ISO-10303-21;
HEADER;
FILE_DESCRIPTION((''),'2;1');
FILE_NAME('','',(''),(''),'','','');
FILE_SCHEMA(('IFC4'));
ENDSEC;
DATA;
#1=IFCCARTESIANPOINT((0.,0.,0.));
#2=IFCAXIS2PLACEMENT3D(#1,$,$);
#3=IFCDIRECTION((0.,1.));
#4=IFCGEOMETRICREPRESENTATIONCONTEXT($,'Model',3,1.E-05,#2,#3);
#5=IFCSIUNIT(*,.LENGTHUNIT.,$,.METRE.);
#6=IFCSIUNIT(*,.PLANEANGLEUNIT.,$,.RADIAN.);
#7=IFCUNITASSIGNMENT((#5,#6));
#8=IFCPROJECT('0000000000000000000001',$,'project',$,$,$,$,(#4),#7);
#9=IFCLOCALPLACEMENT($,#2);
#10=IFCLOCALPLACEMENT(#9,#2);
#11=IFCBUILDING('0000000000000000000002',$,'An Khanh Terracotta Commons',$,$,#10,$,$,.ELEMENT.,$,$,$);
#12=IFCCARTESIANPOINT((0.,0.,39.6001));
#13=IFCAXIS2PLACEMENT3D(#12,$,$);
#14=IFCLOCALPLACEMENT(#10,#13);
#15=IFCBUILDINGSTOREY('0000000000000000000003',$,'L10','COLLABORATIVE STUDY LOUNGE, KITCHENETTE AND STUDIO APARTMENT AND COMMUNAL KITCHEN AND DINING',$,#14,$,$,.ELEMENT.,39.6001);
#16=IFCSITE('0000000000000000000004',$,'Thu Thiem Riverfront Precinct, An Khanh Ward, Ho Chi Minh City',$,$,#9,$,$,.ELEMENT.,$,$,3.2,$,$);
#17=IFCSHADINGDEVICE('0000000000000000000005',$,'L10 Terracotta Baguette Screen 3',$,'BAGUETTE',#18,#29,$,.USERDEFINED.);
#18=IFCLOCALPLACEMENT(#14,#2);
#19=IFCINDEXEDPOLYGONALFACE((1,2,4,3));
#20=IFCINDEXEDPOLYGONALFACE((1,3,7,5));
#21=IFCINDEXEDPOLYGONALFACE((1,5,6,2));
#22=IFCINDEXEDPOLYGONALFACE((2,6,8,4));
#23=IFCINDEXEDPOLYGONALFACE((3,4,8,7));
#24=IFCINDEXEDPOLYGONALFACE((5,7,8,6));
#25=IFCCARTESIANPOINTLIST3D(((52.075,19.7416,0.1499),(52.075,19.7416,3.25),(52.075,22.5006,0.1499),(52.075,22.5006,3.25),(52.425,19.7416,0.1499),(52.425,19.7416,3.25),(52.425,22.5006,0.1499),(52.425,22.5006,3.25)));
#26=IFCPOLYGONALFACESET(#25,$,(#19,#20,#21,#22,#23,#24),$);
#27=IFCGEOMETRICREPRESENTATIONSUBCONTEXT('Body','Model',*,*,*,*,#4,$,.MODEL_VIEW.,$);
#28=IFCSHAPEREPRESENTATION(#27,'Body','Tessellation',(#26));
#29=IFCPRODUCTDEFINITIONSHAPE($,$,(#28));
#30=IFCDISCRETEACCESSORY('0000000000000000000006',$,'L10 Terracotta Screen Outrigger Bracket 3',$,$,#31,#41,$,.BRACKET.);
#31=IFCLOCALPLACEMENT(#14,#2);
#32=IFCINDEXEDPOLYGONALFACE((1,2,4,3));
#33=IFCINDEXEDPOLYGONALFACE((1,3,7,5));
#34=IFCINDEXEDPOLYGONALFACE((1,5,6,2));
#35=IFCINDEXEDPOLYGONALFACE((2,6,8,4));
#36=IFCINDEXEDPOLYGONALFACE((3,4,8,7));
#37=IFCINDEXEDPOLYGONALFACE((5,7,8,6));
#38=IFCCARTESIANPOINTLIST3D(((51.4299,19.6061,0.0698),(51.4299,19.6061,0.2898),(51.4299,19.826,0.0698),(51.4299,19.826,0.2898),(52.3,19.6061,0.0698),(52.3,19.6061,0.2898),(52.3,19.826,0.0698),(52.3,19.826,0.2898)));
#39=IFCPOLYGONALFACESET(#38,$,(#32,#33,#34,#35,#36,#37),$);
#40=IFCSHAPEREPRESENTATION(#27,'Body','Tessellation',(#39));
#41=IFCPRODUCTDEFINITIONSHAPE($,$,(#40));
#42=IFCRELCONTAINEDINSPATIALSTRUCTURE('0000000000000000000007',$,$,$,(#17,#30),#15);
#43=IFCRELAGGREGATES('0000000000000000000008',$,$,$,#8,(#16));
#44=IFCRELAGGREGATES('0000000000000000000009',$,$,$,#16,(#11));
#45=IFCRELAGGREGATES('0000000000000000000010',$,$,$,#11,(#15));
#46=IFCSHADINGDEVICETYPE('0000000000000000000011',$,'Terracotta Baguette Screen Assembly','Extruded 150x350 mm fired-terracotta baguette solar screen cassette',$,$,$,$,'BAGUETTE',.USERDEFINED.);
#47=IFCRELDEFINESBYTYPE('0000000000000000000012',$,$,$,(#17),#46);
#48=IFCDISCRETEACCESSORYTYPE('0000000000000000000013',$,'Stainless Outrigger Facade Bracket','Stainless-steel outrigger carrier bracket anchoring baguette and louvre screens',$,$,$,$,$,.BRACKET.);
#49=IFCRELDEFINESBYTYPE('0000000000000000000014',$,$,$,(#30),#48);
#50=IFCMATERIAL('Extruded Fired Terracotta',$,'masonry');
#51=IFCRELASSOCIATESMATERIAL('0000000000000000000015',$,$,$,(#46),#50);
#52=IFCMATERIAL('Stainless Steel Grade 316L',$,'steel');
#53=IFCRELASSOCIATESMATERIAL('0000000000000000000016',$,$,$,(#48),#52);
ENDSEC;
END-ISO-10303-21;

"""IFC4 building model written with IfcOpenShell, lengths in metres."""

from ifc_helpers import new_model, si_unit, direction, frame, origin, origin_2d, place, context, subcontext, project, spatial, rectangle, extrude, material, type_object, element, save


model = new_model("IFC4")

# Units and contexts
model_context = context("Model", 3, precision=1e-05, world=origin(), true_north=direction((0.0, 1.0)))
body_context = subcontext(model_context, "Body", "Model", "MODEL_VIEW")
ifc_project = project(units=[si_unit("LENGTHUNIT", "METRE"), si_unit("PLANEANGLEUNIT", "RADIAN")], contexts=[model_context])

# Site, building, storey
site_placement = place(None, origin())
site = spatial("IfcSite", under=ifc_project, at=site_placement, Name="Thu Thiem Riverfront Precinct, An Khanh Ward, Ho Chi Minh City", CompositionType="ELEMENT", RefElevation=3.2)
building_placement = place(site_placement, origin())
building = spatial("IfcBuilding", under=site, at=building_placement, Name="An Khanh Terracotta Commons", CompositionType="ELEMENT")
storey_placement = place(building_placement, frame((0.0, 0.0, 39.6001)))
storey = spatial("IfcBuildingStorey", under=building, at=storey_placement, Name="L10", Description="COLLABORATIVE STUDY LOUNGE, KITCHENETTE AND STUDIO APARTMENT AND COMMUNAL KITCHEN AND DINING", CompositionType="ELEMENT", Elevation=39.6001)

# Shading device
ifc_material_1 = material(Name="Extruded Fired Terracotta", Category="masonry")
shading_device_type = type_object("IfcShadingDeviceType", Name="Terracotta Baguette Screen Assembly", Description="Extruded 150x350 mm fired-terracotta baguette solar screen cassette", ElementType="BAGUETTE", PredefinedType="USERDEFINED", material=ifc_material_1)
for number, where, z_axis, x_axis, name in (
    (1, (52.25, 21.1211, 0.1499), (0.0, 0.0, 1.0), (0.0, 1.0, 0.0), "L10 Terracotta Baguette Screen 3"),
):
    element("IfcShadingDevice", number, at=place(storey_placement, frame(where, z_axis=z_axis, x_axis=x_axis)), inside=storey, type_object=shading_device_type, Name=name, ObjectType="BAGUETTE", PredefinedType="USERDEFINED", context=body_context, shape_type="SweptSolid", body=[
        extrude(rectangle(XDim=2.759, YDim=0.3501, at=origin_2d()), origin(), (0.0, 0.0, 1.0), 3.1001),
    ])

# Discrete accessory
ifc_material_2 = material(Name="Stainless Steel Grade 316L", Category="steel")
discrete_accessory_type = type_object("IfcDiscreteAccessoryType", Name="Stainless Outrigger Facade Bracket", Description="Stainless-steel outrigger carrier bracket anchoring baguette and louvre screens", PredefinedType="BRACKET", material=ifc_material_2)
discrete_accessory_placement = place(storey_placement, frame((51.865, 19.7161, 0.0698), z_axis=(0.0, 0.0, 1.0), x_axis=(0.0, 1.0, 0.0)))
element("IfcDiscreteAccessory", 2, at=discrete_accessory_placement, inside=storey, type_object=discrete_accessory_type, Name="L10 Terracotta Screen Outrigger Bracket 3", PredefinedType="BRACKET", context=body_context, shape_type="SweptSolid", body=[
    extrude(rectangle(XDim=0.22, YDim=0.8701, at=origin_2d()), origin(), (0.0, 0.0, 1.0), 0.22),
])

save(model, "model.ifc")
